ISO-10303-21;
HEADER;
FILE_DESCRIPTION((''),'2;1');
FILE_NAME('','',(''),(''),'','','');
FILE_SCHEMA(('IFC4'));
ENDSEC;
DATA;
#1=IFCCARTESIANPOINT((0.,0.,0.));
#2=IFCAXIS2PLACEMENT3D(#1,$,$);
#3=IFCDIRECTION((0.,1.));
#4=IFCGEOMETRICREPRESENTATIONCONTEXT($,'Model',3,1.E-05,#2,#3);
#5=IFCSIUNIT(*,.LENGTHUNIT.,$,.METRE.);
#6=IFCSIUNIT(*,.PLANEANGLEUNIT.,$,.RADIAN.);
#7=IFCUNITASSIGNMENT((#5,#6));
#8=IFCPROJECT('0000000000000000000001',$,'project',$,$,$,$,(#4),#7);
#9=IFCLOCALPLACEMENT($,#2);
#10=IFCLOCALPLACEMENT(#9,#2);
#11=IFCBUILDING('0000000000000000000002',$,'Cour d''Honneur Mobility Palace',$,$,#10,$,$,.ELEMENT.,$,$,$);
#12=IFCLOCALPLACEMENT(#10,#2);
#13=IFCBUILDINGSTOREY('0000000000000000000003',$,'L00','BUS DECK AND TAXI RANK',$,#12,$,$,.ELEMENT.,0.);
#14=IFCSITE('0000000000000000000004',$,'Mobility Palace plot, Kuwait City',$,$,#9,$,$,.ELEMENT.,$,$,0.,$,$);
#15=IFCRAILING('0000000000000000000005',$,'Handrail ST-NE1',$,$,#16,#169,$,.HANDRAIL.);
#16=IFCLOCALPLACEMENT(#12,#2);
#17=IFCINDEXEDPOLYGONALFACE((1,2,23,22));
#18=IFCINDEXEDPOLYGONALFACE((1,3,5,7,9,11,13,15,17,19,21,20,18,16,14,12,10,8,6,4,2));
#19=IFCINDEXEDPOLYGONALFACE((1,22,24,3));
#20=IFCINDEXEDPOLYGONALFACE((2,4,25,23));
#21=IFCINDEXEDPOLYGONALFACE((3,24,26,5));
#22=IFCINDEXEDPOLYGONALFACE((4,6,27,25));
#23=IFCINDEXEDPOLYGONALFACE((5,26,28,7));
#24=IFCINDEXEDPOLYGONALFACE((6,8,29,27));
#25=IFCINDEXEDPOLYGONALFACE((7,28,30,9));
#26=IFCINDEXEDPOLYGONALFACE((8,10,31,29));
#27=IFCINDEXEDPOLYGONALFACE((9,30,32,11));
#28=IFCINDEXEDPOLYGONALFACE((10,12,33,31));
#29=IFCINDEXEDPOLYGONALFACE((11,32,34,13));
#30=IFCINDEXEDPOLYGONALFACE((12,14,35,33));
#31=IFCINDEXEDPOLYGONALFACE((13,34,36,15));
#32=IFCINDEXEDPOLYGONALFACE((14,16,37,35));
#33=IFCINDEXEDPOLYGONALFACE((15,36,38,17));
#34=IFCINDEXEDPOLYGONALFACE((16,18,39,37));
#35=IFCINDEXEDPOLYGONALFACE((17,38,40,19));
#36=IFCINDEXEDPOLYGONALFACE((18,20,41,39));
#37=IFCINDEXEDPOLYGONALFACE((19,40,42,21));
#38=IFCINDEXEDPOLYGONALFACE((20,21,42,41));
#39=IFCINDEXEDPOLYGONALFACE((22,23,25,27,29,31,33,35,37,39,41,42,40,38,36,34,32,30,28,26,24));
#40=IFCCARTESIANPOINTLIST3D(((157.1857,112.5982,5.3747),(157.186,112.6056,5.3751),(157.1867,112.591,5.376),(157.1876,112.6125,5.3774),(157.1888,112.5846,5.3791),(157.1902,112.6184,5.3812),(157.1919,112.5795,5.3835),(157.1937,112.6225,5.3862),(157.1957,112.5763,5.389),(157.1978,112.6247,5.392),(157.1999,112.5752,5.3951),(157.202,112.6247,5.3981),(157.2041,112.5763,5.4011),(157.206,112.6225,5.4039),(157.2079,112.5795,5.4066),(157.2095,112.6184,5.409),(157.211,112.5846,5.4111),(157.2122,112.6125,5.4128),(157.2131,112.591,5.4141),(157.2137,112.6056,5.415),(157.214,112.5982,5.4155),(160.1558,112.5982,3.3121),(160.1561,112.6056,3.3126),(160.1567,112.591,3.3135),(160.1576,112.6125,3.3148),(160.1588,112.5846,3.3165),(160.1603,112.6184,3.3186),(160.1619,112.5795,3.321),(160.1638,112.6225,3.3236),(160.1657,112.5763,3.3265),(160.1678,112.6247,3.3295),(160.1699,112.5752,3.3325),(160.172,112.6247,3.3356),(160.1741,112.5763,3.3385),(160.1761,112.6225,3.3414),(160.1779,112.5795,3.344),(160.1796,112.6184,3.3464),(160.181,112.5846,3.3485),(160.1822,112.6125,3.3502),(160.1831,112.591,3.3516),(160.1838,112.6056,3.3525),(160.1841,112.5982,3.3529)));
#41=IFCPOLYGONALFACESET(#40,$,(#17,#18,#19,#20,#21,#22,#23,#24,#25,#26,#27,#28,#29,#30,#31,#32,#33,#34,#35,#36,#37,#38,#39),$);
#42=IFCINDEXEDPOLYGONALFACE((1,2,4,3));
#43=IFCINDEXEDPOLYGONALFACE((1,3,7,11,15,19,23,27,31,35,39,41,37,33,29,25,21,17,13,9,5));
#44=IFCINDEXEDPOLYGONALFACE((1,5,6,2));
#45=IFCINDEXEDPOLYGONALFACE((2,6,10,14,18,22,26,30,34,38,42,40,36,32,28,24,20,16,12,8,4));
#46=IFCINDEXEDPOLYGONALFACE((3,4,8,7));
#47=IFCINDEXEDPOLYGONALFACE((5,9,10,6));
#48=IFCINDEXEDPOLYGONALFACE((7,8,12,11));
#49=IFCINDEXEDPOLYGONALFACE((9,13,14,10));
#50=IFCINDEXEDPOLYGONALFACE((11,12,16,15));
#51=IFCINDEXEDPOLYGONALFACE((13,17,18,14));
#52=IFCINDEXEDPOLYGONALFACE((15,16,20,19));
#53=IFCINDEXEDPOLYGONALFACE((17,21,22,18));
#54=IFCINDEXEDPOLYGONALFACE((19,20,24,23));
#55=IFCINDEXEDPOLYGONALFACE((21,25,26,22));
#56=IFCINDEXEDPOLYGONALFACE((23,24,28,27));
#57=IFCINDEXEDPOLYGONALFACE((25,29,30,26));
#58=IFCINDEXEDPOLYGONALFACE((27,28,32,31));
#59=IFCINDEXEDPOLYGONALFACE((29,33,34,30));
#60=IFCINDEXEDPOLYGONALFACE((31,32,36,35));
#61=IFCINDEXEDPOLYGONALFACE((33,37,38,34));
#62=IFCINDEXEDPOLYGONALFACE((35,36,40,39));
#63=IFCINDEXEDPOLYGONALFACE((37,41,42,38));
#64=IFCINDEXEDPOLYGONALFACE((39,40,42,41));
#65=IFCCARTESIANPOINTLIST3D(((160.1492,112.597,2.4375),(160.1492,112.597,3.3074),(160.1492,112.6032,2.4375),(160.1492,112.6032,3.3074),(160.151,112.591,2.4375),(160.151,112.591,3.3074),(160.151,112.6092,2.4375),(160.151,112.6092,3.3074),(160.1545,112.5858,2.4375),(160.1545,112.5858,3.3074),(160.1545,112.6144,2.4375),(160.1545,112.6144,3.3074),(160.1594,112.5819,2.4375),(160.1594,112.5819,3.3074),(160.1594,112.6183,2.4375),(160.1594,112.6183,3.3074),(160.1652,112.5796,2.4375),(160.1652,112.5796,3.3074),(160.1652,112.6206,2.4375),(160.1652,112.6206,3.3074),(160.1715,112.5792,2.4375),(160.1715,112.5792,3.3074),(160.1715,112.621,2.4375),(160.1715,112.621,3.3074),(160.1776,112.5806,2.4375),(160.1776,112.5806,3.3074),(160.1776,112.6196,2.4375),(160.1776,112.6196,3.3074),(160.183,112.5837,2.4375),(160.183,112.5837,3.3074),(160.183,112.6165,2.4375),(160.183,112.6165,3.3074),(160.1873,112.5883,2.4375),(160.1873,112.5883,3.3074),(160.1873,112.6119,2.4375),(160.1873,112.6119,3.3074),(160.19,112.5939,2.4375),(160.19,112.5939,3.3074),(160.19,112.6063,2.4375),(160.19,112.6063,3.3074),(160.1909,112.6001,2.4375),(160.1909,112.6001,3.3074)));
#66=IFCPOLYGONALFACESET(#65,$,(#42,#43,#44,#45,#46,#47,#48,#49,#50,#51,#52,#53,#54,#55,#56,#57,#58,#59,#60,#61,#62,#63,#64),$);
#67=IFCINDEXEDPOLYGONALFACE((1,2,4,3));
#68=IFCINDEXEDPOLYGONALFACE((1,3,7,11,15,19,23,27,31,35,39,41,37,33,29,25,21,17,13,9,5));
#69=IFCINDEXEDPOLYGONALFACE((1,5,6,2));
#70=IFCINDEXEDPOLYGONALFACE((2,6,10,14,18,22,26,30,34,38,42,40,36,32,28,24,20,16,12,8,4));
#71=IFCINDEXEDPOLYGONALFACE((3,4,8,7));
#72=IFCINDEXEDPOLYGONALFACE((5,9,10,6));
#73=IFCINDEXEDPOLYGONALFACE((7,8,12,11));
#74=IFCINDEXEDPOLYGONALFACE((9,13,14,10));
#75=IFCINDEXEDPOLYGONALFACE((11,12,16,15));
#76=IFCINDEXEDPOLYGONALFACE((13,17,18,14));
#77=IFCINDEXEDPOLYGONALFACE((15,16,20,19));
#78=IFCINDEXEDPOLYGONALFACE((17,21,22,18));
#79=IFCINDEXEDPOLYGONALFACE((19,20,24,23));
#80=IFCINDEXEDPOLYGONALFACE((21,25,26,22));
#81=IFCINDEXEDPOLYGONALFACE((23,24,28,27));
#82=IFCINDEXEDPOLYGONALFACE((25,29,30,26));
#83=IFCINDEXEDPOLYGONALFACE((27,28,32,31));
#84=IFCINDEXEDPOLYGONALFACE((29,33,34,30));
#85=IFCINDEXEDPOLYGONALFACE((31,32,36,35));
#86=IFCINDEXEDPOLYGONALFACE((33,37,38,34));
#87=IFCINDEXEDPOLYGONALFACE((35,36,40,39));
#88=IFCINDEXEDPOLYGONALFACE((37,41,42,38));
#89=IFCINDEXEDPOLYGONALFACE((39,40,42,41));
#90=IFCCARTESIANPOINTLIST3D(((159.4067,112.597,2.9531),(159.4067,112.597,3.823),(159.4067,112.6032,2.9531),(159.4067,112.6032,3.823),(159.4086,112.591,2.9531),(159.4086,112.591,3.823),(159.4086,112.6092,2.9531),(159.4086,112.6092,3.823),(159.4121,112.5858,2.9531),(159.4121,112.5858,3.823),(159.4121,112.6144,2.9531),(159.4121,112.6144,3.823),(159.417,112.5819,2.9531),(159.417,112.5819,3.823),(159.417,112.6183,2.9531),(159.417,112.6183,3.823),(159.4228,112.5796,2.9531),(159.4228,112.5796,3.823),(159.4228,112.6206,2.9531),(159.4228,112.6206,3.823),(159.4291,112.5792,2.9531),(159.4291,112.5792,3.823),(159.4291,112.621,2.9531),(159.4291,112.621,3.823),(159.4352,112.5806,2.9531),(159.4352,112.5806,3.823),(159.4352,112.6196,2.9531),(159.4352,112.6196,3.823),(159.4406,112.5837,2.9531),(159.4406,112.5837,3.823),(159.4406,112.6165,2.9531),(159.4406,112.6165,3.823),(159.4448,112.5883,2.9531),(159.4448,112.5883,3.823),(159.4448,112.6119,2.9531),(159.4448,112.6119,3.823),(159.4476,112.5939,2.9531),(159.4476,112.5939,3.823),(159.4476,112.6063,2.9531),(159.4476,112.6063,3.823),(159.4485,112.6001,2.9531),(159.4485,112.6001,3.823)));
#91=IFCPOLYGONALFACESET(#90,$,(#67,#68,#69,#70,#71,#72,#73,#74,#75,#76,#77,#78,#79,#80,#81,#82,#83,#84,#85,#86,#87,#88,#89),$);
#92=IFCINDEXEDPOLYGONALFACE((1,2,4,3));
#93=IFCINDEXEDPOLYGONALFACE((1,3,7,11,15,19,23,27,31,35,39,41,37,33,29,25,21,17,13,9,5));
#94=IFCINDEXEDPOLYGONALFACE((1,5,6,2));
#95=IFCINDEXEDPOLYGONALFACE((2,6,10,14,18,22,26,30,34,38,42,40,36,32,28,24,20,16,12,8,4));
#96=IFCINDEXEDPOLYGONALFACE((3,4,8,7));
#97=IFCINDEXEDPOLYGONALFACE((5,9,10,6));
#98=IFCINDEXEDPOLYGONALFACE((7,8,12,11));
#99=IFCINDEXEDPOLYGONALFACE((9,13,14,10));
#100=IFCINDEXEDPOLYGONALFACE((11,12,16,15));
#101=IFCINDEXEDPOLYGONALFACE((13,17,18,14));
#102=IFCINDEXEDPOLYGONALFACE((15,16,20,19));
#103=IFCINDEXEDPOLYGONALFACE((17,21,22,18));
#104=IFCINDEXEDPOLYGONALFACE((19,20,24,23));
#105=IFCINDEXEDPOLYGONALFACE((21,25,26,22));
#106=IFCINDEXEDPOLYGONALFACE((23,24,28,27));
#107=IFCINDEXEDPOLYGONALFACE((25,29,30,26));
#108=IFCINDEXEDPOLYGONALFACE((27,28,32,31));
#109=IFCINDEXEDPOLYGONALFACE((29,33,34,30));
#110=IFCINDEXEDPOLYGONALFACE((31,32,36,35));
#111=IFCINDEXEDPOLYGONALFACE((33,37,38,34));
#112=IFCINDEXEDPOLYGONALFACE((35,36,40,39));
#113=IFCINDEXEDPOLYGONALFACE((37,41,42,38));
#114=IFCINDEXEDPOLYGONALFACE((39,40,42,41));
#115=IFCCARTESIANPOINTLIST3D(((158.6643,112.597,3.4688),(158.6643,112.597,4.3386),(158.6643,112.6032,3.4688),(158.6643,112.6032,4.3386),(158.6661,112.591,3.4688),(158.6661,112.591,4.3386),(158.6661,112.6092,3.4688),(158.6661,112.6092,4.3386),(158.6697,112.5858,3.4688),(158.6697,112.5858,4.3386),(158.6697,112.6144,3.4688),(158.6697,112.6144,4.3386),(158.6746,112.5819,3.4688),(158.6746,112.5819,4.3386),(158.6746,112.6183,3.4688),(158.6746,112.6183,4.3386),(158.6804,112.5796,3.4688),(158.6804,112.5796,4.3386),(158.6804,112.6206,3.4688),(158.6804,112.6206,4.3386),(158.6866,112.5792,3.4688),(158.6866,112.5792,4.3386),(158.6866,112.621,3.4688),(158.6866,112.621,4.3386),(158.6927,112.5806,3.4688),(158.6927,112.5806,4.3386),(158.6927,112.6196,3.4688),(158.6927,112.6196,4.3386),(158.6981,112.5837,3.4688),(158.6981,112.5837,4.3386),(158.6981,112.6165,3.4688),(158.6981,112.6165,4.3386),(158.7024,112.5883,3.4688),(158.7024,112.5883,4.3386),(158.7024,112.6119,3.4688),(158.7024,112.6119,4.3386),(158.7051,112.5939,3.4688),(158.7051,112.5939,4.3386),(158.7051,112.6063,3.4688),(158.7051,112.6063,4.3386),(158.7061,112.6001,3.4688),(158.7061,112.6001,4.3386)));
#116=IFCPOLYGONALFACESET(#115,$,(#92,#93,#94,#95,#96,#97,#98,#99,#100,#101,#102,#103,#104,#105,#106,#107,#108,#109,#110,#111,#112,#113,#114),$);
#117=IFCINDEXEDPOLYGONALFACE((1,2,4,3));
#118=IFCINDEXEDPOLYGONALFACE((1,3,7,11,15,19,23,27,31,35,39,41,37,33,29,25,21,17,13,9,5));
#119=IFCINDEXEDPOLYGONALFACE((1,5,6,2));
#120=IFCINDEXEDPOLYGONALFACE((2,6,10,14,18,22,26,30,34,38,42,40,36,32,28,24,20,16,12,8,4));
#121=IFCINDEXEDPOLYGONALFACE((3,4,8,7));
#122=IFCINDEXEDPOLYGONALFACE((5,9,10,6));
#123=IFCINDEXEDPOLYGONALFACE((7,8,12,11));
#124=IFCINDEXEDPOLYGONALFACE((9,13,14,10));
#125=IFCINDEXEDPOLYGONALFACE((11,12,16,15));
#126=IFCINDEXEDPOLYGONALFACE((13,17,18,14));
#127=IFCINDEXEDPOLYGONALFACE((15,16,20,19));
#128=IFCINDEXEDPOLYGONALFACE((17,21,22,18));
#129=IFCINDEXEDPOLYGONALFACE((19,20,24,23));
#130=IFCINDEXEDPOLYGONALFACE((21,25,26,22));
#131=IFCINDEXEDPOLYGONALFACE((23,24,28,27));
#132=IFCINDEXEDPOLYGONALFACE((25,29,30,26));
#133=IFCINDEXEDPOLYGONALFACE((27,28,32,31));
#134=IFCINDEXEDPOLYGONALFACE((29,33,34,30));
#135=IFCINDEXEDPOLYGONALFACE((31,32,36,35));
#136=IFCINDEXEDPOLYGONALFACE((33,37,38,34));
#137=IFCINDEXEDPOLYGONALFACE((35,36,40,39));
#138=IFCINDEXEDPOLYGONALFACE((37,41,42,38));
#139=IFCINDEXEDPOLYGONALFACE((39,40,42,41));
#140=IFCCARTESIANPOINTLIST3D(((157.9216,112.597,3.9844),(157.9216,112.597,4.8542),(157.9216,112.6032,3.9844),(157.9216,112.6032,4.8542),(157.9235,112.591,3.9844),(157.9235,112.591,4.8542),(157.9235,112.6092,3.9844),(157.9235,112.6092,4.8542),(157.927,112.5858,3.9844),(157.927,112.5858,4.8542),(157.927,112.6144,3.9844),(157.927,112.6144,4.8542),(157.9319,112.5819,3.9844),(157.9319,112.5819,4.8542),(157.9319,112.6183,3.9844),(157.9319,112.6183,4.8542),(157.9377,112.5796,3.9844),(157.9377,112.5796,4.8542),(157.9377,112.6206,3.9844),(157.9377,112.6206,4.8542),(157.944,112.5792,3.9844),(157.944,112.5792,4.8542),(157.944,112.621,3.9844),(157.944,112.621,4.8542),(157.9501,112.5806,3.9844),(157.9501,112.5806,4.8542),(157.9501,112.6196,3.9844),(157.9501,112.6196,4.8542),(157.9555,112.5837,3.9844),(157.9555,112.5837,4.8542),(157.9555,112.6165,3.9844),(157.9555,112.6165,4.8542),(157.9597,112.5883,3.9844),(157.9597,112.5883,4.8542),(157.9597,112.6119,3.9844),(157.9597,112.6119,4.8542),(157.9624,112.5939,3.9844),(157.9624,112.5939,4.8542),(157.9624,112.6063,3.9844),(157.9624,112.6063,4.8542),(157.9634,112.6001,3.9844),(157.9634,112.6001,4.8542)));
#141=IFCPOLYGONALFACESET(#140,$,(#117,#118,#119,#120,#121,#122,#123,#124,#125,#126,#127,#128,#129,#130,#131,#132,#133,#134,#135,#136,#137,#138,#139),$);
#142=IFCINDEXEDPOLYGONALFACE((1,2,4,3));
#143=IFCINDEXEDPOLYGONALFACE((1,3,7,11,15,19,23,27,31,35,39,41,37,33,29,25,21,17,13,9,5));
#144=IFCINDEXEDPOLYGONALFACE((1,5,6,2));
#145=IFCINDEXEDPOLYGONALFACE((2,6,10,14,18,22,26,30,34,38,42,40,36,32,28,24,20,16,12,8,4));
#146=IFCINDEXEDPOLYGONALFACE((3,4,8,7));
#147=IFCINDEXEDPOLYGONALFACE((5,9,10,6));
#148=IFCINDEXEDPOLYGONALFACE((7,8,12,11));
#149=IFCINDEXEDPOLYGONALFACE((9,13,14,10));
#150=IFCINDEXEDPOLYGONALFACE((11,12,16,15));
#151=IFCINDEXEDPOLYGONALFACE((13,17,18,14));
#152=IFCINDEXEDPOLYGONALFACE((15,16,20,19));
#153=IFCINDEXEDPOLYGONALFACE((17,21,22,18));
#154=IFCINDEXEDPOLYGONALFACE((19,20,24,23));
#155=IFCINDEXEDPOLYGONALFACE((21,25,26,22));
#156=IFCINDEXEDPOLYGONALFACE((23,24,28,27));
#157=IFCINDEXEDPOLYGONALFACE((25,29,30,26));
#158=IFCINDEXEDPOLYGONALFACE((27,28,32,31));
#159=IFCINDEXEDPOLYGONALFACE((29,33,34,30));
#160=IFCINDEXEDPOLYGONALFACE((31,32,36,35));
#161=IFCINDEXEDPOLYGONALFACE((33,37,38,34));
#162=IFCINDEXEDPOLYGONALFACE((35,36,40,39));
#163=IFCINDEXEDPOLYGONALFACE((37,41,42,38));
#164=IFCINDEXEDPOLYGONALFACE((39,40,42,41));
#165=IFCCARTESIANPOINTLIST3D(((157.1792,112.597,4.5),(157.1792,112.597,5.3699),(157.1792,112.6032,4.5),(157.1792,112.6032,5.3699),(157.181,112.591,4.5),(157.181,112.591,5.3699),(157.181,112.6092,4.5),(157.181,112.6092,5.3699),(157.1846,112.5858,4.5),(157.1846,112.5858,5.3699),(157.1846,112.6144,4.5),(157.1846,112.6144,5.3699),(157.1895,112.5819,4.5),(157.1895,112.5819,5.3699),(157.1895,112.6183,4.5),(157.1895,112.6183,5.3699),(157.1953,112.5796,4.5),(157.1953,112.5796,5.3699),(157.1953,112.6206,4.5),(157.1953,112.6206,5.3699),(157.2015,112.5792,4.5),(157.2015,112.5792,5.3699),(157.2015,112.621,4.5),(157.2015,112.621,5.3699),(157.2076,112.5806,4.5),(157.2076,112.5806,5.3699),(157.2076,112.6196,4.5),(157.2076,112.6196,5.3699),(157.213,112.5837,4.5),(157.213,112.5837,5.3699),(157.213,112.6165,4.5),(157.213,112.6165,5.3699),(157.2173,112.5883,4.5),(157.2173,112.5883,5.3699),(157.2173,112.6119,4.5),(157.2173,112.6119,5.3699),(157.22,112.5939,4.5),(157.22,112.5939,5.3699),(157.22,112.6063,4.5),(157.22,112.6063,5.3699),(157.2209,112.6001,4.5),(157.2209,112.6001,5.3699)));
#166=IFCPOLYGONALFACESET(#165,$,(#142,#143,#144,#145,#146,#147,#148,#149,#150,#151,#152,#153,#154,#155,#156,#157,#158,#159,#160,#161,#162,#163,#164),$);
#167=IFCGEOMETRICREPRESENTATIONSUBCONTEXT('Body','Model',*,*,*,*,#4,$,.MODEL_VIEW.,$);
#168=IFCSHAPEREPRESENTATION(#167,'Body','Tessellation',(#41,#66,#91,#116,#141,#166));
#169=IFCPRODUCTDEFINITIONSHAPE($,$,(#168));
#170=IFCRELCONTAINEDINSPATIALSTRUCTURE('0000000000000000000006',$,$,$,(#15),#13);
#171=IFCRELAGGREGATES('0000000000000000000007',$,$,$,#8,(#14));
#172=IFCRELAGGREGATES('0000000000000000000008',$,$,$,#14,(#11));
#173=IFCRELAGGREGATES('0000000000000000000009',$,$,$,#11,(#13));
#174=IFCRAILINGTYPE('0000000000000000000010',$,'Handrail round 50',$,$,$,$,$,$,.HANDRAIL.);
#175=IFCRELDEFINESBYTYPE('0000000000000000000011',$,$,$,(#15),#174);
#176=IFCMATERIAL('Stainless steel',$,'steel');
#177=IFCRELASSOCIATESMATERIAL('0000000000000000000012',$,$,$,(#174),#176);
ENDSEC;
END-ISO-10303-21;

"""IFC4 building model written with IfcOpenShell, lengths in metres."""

from ifc_helpers import new_model, si_unit, direction, frame, origin, origin_2d, place, context, subcontext, project, spatial, circle, extrude, material, type_object, element, save


model = new_model("IFC4")

# Units and contexts
model_context = context("Model", 3, precision=1e-05, world=origin(), true_north=direction((0.0, 1.0)))
body_context = subcontext(model_context, "Body", "Model", "MODEL_VIEW")
ifc_project = project(units=[si_unit("LENGTHUNIT", "METRE"), si_unit("PLANEANGLEUNIT", "RADIAN")], contexts=[model_context])

# Site, building, storey
site_placement = place(None, origin())
site = spatial("IfcSite", under=ifc_project, at=site_placement, Name="Mobility Palace plot, Kuwait City", CompositionType="ELEMENT", RefElevation=0.0)
building_placement = place(site_placement, origin())
building = spatial("IfcBuilding", under=site, at=building_placement, Name="Cour d'Honneur Mobility Palace", CompositionType="ELEMENT")
storey_placement = place(building_placement, origin())
storey = spatial("IfcBuildingStorey", under=building, at=storey_placement, Name="L00", Description="BUS DECK AND TAXI RANK", CompositionType="ELEMENT", Elevation=0.0)

# Railing
ifc_material_1 = material(Name="Stainless steel", Category="steel")
railing_type_1 = type_object("IfcRailingType", Name="Handrail round 50", PredefinedType="HANDRAIL", material=ifc_material_1)
for number, where, name in (
    (1, (160.1699, 112.6001, 2.4375), "Handrail ST-NE1"),
):
    element("IfcRailing", number, at=place(storey_placement, frame(where)), inside=storey, type_object=railing_type_1, Name=name, PredefinedType="HANDRAIL", context=body_context, shape_type="SweptSolid", body=[
        extrude(circle(Radius=0.0249, at=origin_2d()), frame((0.0, 0.0, 0.895), z_axis=(-0.821367, 0.0, 0.5704), x_axis=(0.0, -1.0, 0.0)), (0.0, 0.0, 1.0), 3.616),
        extrude(circle(Radius=0.021, at=origin_2d()), origin(), (0.0, 0.0, 1.0), 0.8699),
        extrude(circle(Radius=0.021, at=origin_2d()), frame((-0.7424, 0.0, 0.5156)), (0.0, 0.0, 1.0), 0.8699),
        extrude(circle(Radius=0.021, at=origin_2d()), frame((-1.4849, 0.0, 1.0312)), (0.0, 0.0, 1.0), 0.8699),
        extrude(circle(Radius=0.021, at=origin_2d()), frame((-2.2275, 0.0, 1.5469)), (0.0, 0.0, 1.0), 0.8699),
        extrude(circle(Radius=0.021, at=origin_2d()), frame((-2.97, 0.0, 2.0625)), (0.0, 0.0, 1.0), 0.8699),
    ])

save(model, "model.ifc")
